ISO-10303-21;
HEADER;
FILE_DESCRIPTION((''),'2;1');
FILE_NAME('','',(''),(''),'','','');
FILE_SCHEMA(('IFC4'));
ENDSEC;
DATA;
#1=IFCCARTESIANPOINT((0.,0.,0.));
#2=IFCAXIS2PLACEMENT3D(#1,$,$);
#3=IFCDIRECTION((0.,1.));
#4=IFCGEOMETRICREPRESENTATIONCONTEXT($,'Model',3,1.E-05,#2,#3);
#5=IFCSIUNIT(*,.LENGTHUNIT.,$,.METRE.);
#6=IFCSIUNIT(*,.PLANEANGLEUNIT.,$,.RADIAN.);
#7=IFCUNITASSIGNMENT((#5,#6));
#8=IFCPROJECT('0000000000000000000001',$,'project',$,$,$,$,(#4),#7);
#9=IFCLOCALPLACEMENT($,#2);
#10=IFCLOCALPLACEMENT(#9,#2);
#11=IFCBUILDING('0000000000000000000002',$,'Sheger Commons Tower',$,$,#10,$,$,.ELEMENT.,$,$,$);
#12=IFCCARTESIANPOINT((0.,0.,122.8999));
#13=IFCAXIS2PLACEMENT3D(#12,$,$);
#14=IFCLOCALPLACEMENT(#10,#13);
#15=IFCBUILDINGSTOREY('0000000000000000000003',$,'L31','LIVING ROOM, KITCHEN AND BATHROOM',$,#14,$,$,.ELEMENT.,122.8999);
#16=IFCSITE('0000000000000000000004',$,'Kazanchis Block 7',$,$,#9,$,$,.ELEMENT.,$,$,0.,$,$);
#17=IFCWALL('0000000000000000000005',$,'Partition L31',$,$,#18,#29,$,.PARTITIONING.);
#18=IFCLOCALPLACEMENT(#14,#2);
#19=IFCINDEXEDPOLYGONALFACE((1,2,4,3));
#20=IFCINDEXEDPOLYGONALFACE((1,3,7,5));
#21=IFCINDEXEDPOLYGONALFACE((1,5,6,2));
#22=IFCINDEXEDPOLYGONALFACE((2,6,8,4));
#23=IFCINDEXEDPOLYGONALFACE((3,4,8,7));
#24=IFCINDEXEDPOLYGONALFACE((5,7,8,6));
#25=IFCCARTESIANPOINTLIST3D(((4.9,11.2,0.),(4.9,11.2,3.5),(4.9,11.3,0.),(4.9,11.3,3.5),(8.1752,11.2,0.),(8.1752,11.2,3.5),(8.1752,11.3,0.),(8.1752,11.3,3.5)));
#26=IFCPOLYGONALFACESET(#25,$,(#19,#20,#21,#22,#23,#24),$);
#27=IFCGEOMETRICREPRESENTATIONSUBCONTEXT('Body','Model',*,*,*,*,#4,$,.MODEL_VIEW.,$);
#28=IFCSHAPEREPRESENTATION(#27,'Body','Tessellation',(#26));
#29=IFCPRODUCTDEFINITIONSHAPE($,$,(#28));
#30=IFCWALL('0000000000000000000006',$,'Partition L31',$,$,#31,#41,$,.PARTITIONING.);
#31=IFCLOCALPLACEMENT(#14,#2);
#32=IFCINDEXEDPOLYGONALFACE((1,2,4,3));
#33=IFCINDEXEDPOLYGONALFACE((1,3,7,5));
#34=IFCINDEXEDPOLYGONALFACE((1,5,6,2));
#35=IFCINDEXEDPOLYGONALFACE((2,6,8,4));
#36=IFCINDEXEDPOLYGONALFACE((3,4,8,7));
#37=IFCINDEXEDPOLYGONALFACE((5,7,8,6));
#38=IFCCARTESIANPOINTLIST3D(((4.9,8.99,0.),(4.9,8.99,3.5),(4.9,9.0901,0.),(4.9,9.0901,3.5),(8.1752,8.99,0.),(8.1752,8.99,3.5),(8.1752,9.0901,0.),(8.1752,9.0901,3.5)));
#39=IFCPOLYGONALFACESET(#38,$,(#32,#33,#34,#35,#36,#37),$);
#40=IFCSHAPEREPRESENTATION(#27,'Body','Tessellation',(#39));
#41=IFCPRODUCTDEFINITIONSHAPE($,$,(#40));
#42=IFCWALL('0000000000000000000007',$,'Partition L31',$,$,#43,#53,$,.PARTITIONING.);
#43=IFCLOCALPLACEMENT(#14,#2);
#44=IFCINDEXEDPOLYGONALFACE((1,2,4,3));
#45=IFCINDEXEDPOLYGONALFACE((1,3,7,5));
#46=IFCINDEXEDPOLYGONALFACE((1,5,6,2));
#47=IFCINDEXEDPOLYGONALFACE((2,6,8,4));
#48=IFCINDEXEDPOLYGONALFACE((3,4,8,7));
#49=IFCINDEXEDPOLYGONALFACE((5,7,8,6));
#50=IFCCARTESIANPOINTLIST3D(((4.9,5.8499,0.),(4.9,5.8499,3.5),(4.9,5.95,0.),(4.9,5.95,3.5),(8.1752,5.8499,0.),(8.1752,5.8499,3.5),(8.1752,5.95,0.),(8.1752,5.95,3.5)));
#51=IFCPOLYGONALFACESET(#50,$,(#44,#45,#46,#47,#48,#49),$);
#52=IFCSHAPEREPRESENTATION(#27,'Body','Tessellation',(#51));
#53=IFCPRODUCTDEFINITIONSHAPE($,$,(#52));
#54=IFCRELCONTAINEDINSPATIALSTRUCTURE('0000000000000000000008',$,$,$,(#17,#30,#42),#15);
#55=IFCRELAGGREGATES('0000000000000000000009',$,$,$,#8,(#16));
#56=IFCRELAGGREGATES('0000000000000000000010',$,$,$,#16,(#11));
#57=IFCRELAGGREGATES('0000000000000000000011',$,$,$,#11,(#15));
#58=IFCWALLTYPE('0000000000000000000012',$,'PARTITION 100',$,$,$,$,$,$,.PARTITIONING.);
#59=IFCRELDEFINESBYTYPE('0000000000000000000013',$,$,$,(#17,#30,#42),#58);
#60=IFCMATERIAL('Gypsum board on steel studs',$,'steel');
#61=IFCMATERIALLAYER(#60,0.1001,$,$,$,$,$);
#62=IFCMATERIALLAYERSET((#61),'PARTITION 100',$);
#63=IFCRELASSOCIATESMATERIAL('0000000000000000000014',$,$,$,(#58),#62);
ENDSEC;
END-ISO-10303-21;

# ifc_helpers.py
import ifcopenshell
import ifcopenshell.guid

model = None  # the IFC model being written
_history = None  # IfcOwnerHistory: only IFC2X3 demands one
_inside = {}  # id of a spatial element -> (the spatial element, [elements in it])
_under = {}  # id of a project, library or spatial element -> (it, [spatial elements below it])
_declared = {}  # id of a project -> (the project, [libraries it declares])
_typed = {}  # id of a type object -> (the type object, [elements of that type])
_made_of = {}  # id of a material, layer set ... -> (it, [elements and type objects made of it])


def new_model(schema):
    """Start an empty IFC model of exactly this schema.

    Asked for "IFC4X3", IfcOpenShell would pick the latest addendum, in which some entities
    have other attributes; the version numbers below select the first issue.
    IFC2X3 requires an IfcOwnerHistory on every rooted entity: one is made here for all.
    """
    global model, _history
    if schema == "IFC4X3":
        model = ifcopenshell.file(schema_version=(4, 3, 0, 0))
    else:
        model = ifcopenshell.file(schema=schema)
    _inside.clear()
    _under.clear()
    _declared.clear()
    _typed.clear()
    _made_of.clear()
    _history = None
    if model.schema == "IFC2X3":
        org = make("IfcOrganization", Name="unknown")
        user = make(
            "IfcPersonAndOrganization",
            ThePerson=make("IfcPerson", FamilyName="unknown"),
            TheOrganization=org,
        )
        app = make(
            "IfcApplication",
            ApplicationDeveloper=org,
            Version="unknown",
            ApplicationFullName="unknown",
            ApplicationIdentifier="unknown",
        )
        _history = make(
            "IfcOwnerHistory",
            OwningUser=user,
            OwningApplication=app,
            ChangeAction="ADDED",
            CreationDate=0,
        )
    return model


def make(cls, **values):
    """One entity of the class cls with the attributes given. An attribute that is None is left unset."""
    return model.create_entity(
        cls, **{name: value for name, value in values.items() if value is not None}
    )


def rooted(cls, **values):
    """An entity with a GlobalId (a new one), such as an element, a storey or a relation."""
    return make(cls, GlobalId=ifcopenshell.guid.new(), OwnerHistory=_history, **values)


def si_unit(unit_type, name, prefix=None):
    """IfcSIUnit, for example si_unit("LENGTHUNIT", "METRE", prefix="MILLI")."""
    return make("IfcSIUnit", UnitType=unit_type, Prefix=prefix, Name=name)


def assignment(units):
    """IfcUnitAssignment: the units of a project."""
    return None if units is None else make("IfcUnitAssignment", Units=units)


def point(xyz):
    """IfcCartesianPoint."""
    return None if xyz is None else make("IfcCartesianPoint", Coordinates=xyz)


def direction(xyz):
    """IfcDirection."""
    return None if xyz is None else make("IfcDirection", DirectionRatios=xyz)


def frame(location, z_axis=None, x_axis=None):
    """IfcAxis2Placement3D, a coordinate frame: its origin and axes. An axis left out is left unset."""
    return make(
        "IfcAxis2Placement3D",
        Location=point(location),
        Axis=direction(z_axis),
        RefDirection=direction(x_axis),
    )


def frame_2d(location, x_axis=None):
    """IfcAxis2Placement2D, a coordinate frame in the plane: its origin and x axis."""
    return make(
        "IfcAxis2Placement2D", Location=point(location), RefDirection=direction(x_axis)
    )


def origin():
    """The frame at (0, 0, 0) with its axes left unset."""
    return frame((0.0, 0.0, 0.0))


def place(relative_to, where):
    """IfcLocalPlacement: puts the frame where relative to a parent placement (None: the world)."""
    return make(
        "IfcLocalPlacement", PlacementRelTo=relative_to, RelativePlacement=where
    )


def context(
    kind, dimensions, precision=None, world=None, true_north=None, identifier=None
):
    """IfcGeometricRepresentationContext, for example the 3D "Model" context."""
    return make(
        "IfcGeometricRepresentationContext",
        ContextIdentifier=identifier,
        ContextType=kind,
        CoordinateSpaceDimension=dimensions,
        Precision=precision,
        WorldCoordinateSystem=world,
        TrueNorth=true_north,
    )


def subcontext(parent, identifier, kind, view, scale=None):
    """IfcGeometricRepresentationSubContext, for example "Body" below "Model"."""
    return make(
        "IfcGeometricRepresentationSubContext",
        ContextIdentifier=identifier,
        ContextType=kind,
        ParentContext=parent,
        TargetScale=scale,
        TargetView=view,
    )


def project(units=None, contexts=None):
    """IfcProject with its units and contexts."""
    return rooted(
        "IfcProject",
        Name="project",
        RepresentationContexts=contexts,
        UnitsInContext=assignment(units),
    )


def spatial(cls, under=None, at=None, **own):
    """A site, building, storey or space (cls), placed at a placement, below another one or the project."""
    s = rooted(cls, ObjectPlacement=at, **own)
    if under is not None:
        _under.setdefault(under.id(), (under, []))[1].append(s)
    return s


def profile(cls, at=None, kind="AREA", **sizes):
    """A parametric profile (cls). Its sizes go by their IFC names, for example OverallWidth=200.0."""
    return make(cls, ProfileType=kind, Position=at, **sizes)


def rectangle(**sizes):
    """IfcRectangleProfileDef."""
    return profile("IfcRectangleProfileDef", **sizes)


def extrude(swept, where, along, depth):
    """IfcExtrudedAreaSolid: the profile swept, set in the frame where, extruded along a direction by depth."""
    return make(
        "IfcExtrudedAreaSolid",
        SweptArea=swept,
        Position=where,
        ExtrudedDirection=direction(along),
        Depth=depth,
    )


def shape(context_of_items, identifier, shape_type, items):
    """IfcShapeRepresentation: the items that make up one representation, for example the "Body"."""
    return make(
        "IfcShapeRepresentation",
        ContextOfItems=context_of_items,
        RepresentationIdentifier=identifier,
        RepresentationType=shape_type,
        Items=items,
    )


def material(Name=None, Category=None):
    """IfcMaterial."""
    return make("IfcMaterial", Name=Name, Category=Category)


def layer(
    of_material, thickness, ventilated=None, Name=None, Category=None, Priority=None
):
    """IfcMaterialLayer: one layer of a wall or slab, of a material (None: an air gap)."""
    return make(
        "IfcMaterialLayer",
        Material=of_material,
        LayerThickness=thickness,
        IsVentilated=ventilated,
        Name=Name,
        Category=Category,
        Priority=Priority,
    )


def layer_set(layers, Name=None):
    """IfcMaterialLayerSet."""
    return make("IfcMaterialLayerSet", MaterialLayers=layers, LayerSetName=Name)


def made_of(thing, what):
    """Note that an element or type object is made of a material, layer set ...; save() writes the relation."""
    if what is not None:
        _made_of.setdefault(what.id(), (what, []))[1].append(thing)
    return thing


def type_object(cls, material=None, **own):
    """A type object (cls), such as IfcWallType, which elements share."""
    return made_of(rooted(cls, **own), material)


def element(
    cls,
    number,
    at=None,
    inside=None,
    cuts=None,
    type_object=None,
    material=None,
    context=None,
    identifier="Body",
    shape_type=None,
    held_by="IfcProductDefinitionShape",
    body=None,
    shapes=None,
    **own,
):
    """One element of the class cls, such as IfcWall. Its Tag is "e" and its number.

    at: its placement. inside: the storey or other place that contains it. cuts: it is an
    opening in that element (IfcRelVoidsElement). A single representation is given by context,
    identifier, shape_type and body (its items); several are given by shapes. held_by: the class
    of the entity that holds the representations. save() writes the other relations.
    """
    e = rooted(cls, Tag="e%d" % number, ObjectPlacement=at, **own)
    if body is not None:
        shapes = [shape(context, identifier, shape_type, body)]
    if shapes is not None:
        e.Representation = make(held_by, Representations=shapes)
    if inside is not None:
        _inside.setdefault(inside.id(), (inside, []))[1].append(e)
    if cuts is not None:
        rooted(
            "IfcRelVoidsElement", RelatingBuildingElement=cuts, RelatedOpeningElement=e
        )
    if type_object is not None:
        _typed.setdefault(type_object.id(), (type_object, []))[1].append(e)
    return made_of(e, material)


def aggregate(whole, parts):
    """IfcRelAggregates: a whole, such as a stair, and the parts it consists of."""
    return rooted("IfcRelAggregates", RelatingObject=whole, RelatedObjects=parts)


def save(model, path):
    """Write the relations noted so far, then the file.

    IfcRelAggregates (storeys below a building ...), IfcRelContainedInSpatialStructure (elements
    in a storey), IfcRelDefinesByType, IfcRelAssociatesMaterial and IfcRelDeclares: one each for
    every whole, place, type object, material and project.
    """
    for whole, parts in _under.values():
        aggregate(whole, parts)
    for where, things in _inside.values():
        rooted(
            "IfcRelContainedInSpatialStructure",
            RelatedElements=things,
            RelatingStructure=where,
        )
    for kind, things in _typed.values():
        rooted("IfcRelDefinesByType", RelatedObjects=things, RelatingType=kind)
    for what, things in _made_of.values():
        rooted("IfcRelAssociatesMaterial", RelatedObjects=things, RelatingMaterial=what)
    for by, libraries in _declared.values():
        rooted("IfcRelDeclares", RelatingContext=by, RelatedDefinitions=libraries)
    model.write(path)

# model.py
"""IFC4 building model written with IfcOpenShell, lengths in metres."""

from ifc_helpers import new_model, si_unit, direction, frame, frame_2d, origin, place, context, subcontext, project, spatial, rectangle, extrude, material, layer, layer_set, type_object, element, save


model = new_model("IFC4")

# Units and contexts
model_context = context("Model", 3, precision=1e-05, world=origin(), true_north=direction((0.0, 1.0)))
body_context = subcontext(model_context, "Body", "Model", "MODEL_VIEW")
ifc_project = project(units=[si_unit("LENGTHUNIT", "METRE"), si_unit("PLANEANGLEUNIT", "RADIAN")], contexts=[model_context])

# Site, building, storey
site_placement = place(None, origin())
site = spatial("IfcSite", under=ifc_project, at=site_placement, Name="Kazanchis Block 7", CompositionType="ELEMENT", RefElevation=0.0)
building_placement = place(site_placement, origin())
building = spatial("IfcBuilding", under=site, at=building_placement, Name="Sheger Commons Tower", CompositionType="ELEMENT")
storey_placement = place(building_placement, frame((0.0, 0.0, 122.8999)))
storey = spatial("IfcBuildingStorey", under=building, at=storey_placement, Name="L31", Description="LIVING ROOM, KITCHEN AND BATHROOM", CompositionType="ELEMENT", Elevation=122.8999)

# Shared definitions
ifc_material_1 = material(Name="Gypsum board on steel studs", Category="steel")
ifc_layer_1 = layer(ifc_material_1, 0.1001)
ifc_layer_set_1 = layer_set([ifc_layer_1], Name="PARTITION 100")
wall_type_1 = type_object("IfcWallType", Name="PARTITION 100", PredefinedType="PARTITIONING", material=ifc_layer_set_1)

# Walls
for number, where, z_axis, x_axis, name in (
    (1, (4.8999, 11.25, 0.0), (0.0, 0.0, 1.0), (1.0, 0.0, 0.0), "Partition L31"),
    (2, (4.8999, 9.04, 0.0), (0.0, 0.0, 1.0), (1.0, 0.0, 0.0), "Partition L31"),
    (3, (4.8999, 5.8999, 0.0), (0.0, 0.0, 1.0), (1.0, 0.0, 0.0), "Partition L31"),
):
    element("IfcWall", number, at=place(storey_placement, frame(where, z_axis=z_axis, x_axis=x_axis)), inside=storey, type_object=wall_type_1, Name=name, PredefinedType="PARTITIONING", context=body_context, shape_type="SweptSolid", body=[
        extrude(rectangle(XDim=3.2751, YDim=0.1001, at=frame_2d((1.6377, 0.0))), origin(), (0.0, 0.0, 1.0), 3.5),
    ])

save(model, "model.ifc")
